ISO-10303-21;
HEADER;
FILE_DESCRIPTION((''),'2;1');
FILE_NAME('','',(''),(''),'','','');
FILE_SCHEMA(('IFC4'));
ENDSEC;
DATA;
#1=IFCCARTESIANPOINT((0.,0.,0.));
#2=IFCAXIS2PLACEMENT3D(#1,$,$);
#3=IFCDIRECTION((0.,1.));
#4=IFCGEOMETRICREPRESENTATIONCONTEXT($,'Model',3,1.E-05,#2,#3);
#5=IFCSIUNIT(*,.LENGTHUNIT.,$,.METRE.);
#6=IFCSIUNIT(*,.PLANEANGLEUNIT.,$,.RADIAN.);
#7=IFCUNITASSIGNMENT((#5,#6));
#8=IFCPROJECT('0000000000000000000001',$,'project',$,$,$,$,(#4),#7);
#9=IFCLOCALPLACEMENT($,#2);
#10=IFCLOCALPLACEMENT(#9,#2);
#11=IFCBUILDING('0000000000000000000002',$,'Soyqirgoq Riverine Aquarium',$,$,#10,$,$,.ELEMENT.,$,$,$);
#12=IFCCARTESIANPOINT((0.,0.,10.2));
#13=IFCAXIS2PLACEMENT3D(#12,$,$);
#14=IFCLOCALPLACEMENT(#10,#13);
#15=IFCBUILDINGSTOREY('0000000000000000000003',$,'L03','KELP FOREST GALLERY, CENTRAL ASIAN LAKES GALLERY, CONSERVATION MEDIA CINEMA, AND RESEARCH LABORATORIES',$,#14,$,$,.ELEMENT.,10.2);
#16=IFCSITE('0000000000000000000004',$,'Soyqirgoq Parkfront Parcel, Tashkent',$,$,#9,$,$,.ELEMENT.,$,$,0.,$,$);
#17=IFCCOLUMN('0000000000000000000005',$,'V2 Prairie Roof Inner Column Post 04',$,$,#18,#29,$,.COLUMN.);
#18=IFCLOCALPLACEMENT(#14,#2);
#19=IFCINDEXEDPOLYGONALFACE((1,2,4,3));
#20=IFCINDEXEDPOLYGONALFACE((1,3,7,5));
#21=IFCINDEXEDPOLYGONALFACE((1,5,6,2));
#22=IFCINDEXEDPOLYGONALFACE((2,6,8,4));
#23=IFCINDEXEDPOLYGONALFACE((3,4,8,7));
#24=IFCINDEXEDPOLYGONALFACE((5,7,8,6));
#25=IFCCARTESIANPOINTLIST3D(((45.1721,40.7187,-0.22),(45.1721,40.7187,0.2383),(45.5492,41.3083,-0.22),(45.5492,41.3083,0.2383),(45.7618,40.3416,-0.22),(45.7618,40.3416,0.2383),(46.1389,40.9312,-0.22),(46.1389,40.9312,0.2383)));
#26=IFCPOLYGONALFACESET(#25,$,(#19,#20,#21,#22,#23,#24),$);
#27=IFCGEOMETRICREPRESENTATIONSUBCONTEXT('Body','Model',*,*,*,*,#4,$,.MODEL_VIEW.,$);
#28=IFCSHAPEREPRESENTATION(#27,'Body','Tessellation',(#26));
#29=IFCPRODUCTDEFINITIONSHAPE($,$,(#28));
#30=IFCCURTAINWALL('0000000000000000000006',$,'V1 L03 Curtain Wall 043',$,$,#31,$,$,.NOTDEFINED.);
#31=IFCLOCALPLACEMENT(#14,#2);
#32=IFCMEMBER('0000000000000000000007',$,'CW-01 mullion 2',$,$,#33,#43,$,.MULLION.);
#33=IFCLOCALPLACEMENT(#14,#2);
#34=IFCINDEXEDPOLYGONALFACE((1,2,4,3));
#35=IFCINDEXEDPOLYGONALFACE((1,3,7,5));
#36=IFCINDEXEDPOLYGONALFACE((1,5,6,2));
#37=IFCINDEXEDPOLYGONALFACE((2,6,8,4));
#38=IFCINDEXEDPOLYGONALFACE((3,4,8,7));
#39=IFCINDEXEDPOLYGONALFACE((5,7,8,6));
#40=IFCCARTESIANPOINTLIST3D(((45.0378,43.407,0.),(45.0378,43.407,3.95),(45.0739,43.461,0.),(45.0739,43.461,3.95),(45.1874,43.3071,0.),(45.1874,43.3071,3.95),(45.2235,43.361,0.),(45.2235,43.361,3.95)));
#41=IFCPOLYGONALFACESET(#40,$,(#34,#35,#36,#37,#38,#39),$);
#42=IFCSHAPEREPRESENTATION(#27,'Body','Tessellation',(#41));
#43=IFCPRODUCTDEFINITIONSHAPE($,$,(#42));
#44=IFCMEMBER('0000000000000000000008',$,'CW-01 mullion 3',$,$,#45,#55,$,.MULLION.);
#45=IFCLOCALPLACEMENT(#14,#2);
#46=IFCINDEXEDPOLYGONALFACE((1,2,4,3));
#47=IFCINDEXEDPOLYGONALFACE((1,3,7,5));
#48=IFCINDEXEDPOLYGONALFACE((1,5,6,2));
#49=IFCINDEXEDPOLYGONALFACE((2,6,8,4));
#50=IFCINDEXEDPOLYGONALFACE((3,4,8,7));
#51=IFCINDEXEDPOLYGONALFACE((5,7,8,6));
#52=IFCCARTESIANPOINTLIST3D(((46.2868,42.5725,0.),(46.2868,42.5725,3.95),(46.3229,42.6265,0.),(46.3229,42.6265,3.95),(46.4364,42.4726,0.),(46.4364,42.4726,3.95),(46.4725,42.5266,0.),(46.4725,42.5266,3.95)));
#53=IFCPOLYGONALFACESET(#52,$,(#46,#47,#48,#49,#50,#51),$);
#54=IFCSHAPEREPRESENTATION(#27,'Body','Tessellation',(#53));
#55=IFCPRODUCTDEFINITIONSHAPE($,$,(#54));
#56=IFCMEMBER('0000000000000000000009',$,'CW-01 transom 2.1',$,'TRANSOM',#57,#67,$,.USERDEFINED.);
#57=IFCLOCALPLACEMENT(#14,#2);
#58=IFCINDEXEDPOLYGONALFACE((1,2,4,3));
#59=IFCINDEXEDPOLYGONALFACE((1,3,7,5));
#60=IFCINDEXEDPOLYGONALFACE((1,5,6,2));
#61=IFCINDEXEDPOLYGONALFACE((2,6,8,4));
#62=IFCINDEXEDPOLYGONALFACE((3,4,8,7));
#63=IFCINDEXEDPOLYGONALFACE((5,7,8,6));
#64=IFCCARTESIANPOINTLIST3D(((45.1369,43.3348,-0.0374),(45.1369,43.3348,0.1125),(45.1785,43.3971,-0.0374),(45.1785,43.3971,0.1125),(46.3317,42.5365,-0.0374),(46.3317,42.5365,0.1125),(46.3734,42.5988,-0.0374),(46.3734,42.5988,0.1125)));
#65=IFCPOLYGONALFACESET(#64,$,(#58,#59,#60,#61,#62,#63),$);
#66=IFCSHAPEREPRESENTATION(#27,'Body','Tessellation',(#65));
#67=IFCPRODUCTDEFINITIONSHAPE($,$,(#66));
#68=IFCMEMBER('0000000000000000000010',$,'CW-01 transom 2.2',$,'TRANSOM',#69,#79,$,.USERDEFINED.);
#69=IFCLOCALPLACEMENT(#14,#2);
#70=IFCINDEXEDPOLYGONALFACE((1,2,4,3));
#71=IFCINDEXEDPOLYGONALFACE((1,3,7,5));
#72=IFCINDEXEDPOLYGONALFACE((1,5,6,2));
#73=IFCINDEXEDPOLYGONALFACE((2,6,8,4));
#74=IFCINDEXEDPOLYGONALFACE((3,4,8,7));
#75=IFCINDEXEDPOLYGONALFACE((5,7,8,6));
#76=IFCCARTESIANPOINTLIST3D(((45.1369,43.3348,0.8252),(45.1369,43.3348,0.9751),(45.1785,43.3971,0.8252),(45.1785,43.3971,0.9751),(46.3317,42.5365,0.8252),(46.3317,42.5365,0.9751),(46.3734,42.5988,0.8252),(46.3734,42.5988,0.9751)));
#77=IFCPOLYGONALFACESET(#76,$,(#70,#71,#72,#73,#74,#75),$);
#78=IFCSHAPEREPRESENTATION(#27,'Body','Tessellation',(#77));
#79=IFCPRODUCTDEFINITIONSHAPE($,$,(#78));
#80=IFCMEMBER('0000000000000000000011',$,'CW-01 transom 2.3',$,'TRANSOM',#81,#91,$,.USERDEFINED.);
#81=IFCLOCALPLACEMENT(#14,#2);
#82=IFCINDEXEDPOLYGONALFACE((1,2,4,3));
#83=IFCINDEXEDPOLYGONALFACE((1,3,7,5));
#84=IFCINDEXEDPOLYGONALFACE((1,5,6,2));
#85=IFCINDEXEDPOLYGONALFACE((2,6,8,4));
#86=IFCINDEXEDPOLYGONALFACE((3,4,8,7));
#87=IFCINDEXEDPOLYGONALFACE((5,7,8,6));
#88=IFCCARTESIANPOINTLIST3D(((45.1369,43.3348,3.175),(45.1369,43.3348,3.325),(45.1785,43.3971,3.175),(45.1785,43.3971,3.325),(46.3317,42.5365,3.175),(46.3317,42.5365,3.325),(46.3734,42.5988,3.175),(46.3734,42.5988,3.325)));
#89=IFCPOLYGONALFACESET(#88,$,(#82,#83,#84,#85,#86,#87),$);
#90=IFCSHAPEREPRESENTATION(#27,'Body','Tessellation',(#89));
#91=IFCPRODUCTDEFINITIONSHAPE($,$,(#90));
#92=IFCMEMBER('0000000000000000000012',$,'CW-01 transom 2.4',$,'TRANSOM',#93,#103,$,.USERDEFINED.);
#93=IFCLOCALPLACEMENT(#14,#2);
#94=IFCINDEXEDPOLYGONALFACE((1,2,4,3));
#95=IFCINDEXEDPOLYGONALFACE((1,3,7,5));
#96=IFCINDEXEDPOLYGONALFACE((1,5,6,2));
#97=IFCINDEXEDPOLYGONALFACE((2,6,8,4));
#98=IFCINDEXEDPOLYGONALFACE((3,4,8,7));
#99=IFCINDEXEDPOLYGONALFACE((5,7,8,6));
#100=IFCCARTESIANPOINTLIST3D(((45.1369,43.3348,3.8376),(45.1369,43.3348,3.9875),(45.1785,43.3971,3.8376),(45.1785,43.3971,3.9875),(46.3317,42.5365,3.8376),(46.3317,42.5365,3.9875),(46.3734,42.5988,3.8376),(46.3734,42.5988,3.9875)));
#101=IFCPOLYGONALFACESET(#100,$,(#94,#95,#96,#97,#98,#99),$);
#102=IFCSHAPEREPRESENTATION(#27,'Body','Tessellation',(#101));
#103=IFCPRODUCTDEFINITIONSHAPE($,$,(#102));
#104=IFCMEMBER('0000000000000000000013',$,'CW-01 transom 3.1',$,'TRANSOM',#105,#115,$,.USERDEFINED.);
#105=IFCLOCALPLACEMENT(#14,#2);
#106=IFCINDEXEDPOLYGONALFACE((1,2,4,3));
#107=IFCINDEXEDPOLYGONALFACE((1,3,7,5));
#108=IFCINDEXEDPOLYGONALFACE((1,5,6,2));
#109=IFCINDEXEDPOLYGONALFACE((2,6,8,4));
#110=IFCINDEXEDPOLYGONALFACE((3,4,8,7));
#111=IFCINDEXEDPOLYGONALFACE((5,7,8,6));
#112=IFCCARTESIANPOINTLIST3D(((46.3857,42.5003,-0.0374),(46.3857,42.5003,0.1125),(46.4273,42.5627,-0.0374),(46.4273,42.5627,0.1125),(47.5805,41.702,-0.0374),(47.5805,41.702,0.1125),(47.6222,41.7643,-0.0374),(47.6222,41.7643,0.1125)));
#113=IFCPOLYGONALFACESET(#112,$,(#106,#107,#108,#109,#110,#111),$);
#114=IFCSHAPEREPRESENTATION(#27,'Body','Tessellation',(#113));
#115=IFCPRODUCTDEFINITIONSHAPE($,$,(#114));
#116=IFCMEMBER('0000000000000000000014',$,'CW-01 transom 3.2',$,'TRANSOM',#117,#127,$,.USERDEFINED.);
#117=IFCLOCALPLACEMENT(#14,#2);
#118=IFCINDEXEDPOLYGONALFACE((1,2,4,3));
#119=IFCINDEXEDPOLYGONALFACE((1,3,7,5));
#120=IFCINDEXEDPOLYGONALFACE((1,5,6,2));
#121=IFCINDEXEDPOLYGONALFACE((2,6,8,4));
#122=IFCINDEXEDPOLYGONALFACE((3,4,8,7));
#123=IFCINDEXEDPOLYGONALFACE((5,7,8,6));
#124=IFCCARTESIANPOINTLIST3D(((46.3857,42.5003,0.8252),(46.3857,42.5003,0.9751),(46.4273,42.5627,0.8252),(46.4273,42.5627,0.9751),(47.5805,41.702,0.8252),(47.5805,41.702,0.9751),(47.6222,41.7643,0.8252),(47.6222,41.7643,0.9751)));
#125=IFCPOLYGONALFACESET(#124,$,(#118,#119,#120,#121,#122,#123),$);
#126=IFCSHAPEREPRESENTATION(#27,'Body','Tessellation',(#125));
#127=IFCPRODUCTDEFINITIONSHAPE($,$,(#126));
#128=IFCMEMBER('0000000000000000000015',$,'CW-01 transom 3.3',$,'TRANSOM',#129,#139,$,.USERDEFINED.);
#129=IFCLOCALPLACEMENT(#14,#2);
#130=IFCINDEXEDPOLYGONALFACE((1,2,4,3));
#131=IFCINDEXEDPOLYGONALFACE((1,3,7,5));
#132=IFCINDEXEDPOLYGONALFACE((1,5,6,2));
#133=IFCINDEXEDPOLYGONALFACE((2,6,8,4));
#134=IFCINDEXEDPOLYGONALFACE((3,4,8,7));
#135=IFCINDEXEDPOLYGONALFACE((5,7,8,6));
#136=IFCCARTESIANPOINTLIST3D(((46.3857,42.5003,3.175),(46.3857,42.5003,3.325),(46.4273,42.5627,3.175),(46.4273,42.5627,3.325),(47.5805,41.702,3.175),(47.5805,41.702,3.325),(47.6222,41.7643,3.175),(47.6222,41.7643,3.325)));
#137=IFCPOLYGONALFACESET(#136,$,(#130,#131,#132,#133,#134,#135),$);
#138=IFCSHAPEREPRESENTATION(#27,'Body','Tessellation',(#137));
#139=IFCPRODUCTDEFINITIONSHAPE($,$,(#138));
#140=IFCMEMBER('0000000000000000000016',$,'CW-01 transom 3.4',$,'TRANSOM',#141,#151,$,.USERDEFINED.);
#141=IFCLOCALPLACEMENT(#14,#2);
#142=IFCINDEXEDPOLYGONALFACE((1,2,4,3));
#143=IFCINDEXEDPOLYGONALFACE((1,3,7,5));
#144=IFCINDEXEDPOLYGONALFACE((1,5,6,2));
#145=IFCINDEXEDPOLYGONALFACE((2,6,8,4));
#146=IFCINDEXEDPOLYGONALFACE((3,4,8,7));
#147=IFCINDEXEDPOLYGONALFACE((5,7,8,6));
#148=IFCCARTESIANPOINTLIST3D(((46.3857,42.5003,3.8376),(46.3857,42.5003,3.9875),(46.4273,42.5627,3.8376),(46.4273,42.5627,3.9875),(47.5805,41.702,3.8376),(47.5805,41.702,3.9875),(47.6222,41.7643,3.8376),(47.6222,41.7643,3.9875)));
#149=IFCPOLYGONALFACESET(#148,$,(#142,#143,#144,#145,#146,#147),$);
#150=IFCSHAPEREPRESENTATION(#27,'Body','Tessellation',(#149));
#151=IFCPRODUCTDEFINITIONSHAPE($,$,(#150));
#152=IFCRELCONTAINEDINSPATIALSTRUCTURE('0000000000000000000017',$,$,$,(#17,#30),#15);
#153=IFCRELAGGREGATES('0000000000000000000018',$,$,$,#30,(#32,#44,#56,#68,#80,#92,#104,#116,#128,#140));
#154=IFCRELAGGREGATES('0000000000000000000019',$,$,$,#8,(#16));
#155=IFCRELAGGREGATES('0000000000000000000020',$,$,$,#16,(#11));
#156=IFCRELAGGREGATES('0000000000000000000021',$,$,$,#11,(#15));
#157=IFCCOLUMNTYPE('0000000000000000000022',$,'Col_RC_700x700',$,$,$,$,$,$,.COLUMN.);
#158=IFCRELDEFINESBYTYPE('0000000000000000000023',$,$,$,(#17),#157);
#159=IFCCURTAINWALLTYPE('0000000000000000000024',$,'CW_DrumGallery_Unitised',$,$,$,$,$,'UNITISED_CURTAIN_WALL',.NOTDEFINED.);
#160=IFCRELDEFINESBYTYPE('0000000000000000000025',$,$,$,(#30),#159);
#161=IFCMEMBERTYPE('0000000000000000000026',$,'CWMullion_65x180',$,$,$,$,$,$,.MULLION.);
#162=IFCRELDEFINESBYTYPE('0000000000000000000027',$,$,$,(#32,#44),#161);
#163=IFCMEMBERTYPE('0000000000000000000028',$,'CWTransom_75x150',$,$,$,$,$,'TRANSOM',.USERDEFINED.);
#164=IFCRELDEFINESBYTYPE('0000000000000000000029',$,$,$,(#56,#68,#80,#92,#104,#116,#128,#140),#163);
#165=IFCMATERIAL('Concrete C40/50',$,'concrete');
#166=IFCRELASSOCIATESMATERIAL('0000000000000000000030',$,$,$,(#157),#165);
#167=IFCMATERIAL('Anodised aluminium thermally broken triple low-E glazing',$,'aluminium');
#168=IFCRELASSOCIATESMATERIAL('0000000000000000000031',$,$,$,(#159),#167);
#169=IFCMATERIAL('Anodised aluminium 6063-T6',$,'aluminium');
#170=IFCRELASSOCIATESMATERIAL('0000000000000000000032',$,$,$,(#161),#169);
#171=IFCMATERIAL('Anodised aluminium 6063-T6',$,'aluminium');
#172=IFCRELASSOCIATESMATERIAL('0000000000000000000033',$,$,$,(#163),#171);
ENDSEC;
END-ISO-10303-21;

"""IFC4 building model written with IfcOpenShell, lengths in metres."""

from ifc_helpers import new_model, si_unit, direction, frame, origin, origin_2d, place, context, subcontext, project, spatial, rectangle, extrude, material, material_profile, profile_set, type_object, element, aggregate, save


model = new_model("IFC4")

# Units and contexts
model_context = context("Model", 3, precision=1e-05, world=origin(), true_north=direction((0.0, 1.0)))
body_context = subcontext(model_context, "Body", "Model", "MODEL_VIEW")
ifc_project = project(units=[si_unit("LENGTHUNIT", "METRE"), si_unit("PLANEANGLEUNIT", "RADIAN")], contexts=[model_context])

# Site, building, storey
site_placement = place(None, origin())
site = spatial("IfcSite", under=ifc_project, at=site_placement, Name="Soyqirgoq Parkfront Parcel, Tashkent", CompositionType="ELEMENT", RefElevation=0.0)
building_placement = place(site_placement, origin())
building = spatial("IfcBuilding", under=site, at=building_placement, Name="Soyqirgoq Riverine Aquarium", CompositionType="ELEMENT")
storey_placement = place(building_placement, frame((0.0, 0.0, 10.2)))
storey = spatial("IfcBuildingStorey", under=building, at=storey_placement, Name="L03", Description="KELP FOREST GALLERY, CENTRAL ASIAN LAKES GALLERY, CONSERVATION MEDIA CINEMA, AND RESEARCH LABORATORIES", CompositionType="ELEMENT", Elevation=10.2)

# Column
ifc_material_1 = material(Name="Concrete C40/50", Category="concrete")
ifc_material_profile_1 = material_profile(ifc_material_1, rectangle(XDim=0.7, YDim=0.7, at=origin_2d()), Name="RC 700x700")
ifc_profile_set_1 = profile_set([ifc_material_profile_1], Name="Concrete C40/50")
column_type = type_object("IfcColumnType", Name="Col_RC_700x700", PredefinedType="COLUMN", material=ifc_profile_set_1)
column_placement = place(storey_placement, frame((45.6555, 40.825, -0.22), z_axis=(0.0, 0.0, 1.0), x_axis=(-0.538771, -0.842452, 0.0)))
element("IfcColumn", 1, at=column_placement, inside=storey, type_object=column_type, Name="V2 Prairie Roof Inner Column Post 04", PredefinedType="COLUMN", context=body_context, shape_type="SweptSolid", body=[
    extrude(rectangle(XDim=0.7, YDim=0.7, at=origin_2d()), origin(), (0.0, 0.0, 1.0), 0.4583),
])

# Curtain wall, members
ifc_material_2 = material(Name="Anodised aluminium thermally broken triple low-E glazing", Category="aluminium")
curtain_wall_type = type_object("IfcCurtainWallType", Name="CW_DrumGallery_Unitised", ElementType="UNITISED_CURTAIN_WALL", PredefinedType="NOTDEFINED", material=ifc_material_2)
curtain_wall_placement = place(storey_placement, origin())
curtain_wall = element("IfcCurtainWall", 2, at=curtain_wall_placement, inside=storey, type_object=curtain_wall_type, Name="V1 L03 Curtain Wall 043", PredefinedType="NOTDEFINED")
ifc_material_3 = material(Name="Anodised aluminium 6063-T6", Category="aluminium")
ifc_material_profile_2 = material_profile(ifc_material_3, rectangle(XDim=0.0649, YDim=0.1799, at=origin_2d()), Name="ALU-M 65x180")
ifc_profile_set_2 = profile_set([ifc_material_profile_2], Name="Anodised aluminium 6063-T6")
member_type_1 = type_object("IfcMemberType", Name="CWMullion_65x180", PredefinedType="MULLION", material=ifc_profile_set_2)
member_1_placement = place(storey_placement, frame((45.1306, 43.384, 0.0), z_axis=(0.0, 0.0, 1.0), x_axis=(0.555572, 0.831469, 0.0)))
member_1 = element("IfcMember", 3, at=member_1_placement, type_object=member_type_1, Name="CW-01 mullion 2", PredefinedType="MULLION", context=body_context, shape_type="SweptSolid", body=[
    extrude(rectangle(XDim=0.0649, YDim=0.1799, at=origin_2d()), origin(), (0.0, 0.0, 1.0), 3.95),
])
member_2_placement = place(storey_placement, frame((46.3796, 42.5496, 0.0), z_axis=(0.0, 0.0, 1.0), x_axis=(0.555572, 0.831469, 0.0)))
member_2 = element("IfcMember", 4, at=member_2_placement, type_object=member_type_1, Name="CW-01 mullion 3", PredefinedType="MULLION", context=body_context, shape_type="SweptSolid", body=[
    extrude(rectangle(XDim=0.0649, YDim=0.1799, at=origin_2d()), origin(), (0.0, 0.0, 1.0), 3.95),
])
ifc_material_4 = material(Name="Anodised aluminium 6063-T6", Category="aluminium")
ifc_material_profile_3 = material_profile(ifc_material_4, rectangle(XDim=0.075, YDim=0.1499, at=origin_2d()), Name="ALU-T 75x150")
ifc_profile_set_3 = profile_set([ifc_material_profile_3], Name="Anodised aluminium 6063-T6")
member_type_2 = type_object("IfcMemberType", Name="CWTransom_75x150", ElementType="TRANSOM", PredefinedType="USERDEFINED", material=ifc_profile_set_3)
member_3_placement = place(storey_placement, frame((45.1577, 43.366, 0.0376), z_axis=(0.831475, -0.555562, 0.0), x_axis=(0.555562, 0.831475, 0.0)))
member_3 = element("IfcMember", 5, at=member_3_placement, type_object=member_type_2, Name="CW-01 transom 2.1", ObjectType="TRANSOM", PredefinedType="USERDEFINED", context=body_context, shape_type="SweptSolid", body=[
    extrude(rectangle(XDim=0.075, YDim=0.1499, at=origin_2d()), origin(), (0.0, 0.0, 1.0), 1.437),
])
member_4_placement = place(storey_placement, frame((45.1577, 43.366, 0.9001), z_axis=(0.831475, -0.555562, 0.0), x_axis=(0.555562, 0.831475, 0.0)))
member_4 = element("IfcMember", 6, at=member_4_placement, type_object=member_type_2, Name="CW-01 transom 2.2", ObjectType="TRANSOM", PredefinedType="USERDEFINED", context=body_context, shape_type="SweptSolid", body=[
    extrude(rectangle(XDim=0.075, YDim=0.1499, at=origin_2d()), origin(), (0.0, 0.0, 1.0), 1.437),
])
member_5_placement = place(storey_placement, frame((45.1577, 43.366, 3.25), z_axis=(0.831475, -0.555562, 0.0), x_axis=(0.555562, 0.831475, 0.0)))
member_5 = element("IfcMember", 7, at=member_5_placement, type_object=member_type_2, Name="CW-01 transom 2.3", ObjectType="TRANSOM", PredefinedType="USERDEFINED", context=body_context, shape_type="SweptSolid", body=[
    extrude(rectangle(XDim=0.075, YDim=0.1499, at=origin_2d()), origin(), (0.0, 0.0, 1.0), 1.437),
])
member_6_placement = place(storey_placement, frame((45.1577, 43.366, 3.9126), z_axis=(0.831475, -0.555562, 0.0), x_axis=(0.555562, 0.831475, 0.0)))
member_6 = element("IfcMember", 8, at=member_6_placement, type_object=member_type_2, Name="CW-01 transom 2.4", ObjectType="TRANSOM", PredefinedType="USERDEFINED", context=body_context, shape_type="SweptSolid", body=[
    extrude(rectangle(XDim=0.075, YDim=0.1499, at=origin_2d()), origin(), (0.0, 0.0, 1.0), 1.437),
])
member_7_placement = place(storey_placement, frame((46.4065, 42.5315, 0.0376), z_axis=(0.831475, -0.555562, 0.0), x_axis=(0.555562, 0.831475, 0.0)))
member_7 = element("IfcMember", 9, at=member_7_placement, type_object=member_type_2, Name="CW-01 transom 3.1", ObjectType="TRANSOM", PredefinedType="USERDEFINED", context=body_context, shape_type="SweptSolid", body=[
    extrude(rectangle(XDim=0.075, YDim=0.1499, at=origin_2d()), origin(), (0.0, 0.0, 1.0), 1.437),
])
member_8_placement = place(storey_placement, frame((46.4065, 42.5315, 0.9001), z_axis=(0.831475, -0.555562, 0.0), x_axis=(0.555562, 0.831475, 0.0)))
member_8 = element("IfcMember", 10, at=member_8_placement, type_object=member_type_2, Name="CW-01 transom 3.2", ObjectType="TRANSOM", PredefinedType="USERDEFINED", context=body_context, shape_type="SweptSolid", body=[
    extrude(rectangle(XDim=0.075, YDim=0.1499, at=origin_2d()), origin(), (0.0, 0.0, 1.0), 1.437),
])
member_9_placement = place(storey_placement, frame((46.4065, 42.5315, 3.25), z_axis=(0.831475, -0.555562, 0.0), x_axis=(0.555562, 0.831475, 0.0)))
member_9 = element("IfcMember", 11, at=member_9_placement, type_object=member_type_2, Name="CW-01 transom 3.3", ObjectType="TRANSOM", PredefinedType="USERDEFINED", context=body_context, shape_type="SweptSolid", body=[
    extrude(rectangle(XDim=0.075, YDim=0.1499, at=origin_2d()), origin(), (0.0, 0.0, 1.0), 1.437),
])
member_10_placement = place(storey_placement, frame((46.4065, 42.5315, 3.9126), z_axis=(0.831475, -0.555562, 0.0), x_axis=(0.555562, 0.831475, 0.0)))
member_10 = element("IfcMember", 12, at=member_10_placement, type_object=member_type_2, Name="CW-01 transom 3.4", ObjectType="TRANSOM", PredefinedType="USERDEFINED", context=body_context, shape_type="SweptSolid", body=[
    extrude(rectangle(XDim=0.075, YDim=0.1499, at=origin_2d()), origin(), (0.0, 0.0, 1.0), 1.437),
])

aggregate(curtain_wall, [member_1, member_2, member_3, member_4, member_5, member_6, member_7, member_8, member_9, member_10])

save(model, "model.ifc")
